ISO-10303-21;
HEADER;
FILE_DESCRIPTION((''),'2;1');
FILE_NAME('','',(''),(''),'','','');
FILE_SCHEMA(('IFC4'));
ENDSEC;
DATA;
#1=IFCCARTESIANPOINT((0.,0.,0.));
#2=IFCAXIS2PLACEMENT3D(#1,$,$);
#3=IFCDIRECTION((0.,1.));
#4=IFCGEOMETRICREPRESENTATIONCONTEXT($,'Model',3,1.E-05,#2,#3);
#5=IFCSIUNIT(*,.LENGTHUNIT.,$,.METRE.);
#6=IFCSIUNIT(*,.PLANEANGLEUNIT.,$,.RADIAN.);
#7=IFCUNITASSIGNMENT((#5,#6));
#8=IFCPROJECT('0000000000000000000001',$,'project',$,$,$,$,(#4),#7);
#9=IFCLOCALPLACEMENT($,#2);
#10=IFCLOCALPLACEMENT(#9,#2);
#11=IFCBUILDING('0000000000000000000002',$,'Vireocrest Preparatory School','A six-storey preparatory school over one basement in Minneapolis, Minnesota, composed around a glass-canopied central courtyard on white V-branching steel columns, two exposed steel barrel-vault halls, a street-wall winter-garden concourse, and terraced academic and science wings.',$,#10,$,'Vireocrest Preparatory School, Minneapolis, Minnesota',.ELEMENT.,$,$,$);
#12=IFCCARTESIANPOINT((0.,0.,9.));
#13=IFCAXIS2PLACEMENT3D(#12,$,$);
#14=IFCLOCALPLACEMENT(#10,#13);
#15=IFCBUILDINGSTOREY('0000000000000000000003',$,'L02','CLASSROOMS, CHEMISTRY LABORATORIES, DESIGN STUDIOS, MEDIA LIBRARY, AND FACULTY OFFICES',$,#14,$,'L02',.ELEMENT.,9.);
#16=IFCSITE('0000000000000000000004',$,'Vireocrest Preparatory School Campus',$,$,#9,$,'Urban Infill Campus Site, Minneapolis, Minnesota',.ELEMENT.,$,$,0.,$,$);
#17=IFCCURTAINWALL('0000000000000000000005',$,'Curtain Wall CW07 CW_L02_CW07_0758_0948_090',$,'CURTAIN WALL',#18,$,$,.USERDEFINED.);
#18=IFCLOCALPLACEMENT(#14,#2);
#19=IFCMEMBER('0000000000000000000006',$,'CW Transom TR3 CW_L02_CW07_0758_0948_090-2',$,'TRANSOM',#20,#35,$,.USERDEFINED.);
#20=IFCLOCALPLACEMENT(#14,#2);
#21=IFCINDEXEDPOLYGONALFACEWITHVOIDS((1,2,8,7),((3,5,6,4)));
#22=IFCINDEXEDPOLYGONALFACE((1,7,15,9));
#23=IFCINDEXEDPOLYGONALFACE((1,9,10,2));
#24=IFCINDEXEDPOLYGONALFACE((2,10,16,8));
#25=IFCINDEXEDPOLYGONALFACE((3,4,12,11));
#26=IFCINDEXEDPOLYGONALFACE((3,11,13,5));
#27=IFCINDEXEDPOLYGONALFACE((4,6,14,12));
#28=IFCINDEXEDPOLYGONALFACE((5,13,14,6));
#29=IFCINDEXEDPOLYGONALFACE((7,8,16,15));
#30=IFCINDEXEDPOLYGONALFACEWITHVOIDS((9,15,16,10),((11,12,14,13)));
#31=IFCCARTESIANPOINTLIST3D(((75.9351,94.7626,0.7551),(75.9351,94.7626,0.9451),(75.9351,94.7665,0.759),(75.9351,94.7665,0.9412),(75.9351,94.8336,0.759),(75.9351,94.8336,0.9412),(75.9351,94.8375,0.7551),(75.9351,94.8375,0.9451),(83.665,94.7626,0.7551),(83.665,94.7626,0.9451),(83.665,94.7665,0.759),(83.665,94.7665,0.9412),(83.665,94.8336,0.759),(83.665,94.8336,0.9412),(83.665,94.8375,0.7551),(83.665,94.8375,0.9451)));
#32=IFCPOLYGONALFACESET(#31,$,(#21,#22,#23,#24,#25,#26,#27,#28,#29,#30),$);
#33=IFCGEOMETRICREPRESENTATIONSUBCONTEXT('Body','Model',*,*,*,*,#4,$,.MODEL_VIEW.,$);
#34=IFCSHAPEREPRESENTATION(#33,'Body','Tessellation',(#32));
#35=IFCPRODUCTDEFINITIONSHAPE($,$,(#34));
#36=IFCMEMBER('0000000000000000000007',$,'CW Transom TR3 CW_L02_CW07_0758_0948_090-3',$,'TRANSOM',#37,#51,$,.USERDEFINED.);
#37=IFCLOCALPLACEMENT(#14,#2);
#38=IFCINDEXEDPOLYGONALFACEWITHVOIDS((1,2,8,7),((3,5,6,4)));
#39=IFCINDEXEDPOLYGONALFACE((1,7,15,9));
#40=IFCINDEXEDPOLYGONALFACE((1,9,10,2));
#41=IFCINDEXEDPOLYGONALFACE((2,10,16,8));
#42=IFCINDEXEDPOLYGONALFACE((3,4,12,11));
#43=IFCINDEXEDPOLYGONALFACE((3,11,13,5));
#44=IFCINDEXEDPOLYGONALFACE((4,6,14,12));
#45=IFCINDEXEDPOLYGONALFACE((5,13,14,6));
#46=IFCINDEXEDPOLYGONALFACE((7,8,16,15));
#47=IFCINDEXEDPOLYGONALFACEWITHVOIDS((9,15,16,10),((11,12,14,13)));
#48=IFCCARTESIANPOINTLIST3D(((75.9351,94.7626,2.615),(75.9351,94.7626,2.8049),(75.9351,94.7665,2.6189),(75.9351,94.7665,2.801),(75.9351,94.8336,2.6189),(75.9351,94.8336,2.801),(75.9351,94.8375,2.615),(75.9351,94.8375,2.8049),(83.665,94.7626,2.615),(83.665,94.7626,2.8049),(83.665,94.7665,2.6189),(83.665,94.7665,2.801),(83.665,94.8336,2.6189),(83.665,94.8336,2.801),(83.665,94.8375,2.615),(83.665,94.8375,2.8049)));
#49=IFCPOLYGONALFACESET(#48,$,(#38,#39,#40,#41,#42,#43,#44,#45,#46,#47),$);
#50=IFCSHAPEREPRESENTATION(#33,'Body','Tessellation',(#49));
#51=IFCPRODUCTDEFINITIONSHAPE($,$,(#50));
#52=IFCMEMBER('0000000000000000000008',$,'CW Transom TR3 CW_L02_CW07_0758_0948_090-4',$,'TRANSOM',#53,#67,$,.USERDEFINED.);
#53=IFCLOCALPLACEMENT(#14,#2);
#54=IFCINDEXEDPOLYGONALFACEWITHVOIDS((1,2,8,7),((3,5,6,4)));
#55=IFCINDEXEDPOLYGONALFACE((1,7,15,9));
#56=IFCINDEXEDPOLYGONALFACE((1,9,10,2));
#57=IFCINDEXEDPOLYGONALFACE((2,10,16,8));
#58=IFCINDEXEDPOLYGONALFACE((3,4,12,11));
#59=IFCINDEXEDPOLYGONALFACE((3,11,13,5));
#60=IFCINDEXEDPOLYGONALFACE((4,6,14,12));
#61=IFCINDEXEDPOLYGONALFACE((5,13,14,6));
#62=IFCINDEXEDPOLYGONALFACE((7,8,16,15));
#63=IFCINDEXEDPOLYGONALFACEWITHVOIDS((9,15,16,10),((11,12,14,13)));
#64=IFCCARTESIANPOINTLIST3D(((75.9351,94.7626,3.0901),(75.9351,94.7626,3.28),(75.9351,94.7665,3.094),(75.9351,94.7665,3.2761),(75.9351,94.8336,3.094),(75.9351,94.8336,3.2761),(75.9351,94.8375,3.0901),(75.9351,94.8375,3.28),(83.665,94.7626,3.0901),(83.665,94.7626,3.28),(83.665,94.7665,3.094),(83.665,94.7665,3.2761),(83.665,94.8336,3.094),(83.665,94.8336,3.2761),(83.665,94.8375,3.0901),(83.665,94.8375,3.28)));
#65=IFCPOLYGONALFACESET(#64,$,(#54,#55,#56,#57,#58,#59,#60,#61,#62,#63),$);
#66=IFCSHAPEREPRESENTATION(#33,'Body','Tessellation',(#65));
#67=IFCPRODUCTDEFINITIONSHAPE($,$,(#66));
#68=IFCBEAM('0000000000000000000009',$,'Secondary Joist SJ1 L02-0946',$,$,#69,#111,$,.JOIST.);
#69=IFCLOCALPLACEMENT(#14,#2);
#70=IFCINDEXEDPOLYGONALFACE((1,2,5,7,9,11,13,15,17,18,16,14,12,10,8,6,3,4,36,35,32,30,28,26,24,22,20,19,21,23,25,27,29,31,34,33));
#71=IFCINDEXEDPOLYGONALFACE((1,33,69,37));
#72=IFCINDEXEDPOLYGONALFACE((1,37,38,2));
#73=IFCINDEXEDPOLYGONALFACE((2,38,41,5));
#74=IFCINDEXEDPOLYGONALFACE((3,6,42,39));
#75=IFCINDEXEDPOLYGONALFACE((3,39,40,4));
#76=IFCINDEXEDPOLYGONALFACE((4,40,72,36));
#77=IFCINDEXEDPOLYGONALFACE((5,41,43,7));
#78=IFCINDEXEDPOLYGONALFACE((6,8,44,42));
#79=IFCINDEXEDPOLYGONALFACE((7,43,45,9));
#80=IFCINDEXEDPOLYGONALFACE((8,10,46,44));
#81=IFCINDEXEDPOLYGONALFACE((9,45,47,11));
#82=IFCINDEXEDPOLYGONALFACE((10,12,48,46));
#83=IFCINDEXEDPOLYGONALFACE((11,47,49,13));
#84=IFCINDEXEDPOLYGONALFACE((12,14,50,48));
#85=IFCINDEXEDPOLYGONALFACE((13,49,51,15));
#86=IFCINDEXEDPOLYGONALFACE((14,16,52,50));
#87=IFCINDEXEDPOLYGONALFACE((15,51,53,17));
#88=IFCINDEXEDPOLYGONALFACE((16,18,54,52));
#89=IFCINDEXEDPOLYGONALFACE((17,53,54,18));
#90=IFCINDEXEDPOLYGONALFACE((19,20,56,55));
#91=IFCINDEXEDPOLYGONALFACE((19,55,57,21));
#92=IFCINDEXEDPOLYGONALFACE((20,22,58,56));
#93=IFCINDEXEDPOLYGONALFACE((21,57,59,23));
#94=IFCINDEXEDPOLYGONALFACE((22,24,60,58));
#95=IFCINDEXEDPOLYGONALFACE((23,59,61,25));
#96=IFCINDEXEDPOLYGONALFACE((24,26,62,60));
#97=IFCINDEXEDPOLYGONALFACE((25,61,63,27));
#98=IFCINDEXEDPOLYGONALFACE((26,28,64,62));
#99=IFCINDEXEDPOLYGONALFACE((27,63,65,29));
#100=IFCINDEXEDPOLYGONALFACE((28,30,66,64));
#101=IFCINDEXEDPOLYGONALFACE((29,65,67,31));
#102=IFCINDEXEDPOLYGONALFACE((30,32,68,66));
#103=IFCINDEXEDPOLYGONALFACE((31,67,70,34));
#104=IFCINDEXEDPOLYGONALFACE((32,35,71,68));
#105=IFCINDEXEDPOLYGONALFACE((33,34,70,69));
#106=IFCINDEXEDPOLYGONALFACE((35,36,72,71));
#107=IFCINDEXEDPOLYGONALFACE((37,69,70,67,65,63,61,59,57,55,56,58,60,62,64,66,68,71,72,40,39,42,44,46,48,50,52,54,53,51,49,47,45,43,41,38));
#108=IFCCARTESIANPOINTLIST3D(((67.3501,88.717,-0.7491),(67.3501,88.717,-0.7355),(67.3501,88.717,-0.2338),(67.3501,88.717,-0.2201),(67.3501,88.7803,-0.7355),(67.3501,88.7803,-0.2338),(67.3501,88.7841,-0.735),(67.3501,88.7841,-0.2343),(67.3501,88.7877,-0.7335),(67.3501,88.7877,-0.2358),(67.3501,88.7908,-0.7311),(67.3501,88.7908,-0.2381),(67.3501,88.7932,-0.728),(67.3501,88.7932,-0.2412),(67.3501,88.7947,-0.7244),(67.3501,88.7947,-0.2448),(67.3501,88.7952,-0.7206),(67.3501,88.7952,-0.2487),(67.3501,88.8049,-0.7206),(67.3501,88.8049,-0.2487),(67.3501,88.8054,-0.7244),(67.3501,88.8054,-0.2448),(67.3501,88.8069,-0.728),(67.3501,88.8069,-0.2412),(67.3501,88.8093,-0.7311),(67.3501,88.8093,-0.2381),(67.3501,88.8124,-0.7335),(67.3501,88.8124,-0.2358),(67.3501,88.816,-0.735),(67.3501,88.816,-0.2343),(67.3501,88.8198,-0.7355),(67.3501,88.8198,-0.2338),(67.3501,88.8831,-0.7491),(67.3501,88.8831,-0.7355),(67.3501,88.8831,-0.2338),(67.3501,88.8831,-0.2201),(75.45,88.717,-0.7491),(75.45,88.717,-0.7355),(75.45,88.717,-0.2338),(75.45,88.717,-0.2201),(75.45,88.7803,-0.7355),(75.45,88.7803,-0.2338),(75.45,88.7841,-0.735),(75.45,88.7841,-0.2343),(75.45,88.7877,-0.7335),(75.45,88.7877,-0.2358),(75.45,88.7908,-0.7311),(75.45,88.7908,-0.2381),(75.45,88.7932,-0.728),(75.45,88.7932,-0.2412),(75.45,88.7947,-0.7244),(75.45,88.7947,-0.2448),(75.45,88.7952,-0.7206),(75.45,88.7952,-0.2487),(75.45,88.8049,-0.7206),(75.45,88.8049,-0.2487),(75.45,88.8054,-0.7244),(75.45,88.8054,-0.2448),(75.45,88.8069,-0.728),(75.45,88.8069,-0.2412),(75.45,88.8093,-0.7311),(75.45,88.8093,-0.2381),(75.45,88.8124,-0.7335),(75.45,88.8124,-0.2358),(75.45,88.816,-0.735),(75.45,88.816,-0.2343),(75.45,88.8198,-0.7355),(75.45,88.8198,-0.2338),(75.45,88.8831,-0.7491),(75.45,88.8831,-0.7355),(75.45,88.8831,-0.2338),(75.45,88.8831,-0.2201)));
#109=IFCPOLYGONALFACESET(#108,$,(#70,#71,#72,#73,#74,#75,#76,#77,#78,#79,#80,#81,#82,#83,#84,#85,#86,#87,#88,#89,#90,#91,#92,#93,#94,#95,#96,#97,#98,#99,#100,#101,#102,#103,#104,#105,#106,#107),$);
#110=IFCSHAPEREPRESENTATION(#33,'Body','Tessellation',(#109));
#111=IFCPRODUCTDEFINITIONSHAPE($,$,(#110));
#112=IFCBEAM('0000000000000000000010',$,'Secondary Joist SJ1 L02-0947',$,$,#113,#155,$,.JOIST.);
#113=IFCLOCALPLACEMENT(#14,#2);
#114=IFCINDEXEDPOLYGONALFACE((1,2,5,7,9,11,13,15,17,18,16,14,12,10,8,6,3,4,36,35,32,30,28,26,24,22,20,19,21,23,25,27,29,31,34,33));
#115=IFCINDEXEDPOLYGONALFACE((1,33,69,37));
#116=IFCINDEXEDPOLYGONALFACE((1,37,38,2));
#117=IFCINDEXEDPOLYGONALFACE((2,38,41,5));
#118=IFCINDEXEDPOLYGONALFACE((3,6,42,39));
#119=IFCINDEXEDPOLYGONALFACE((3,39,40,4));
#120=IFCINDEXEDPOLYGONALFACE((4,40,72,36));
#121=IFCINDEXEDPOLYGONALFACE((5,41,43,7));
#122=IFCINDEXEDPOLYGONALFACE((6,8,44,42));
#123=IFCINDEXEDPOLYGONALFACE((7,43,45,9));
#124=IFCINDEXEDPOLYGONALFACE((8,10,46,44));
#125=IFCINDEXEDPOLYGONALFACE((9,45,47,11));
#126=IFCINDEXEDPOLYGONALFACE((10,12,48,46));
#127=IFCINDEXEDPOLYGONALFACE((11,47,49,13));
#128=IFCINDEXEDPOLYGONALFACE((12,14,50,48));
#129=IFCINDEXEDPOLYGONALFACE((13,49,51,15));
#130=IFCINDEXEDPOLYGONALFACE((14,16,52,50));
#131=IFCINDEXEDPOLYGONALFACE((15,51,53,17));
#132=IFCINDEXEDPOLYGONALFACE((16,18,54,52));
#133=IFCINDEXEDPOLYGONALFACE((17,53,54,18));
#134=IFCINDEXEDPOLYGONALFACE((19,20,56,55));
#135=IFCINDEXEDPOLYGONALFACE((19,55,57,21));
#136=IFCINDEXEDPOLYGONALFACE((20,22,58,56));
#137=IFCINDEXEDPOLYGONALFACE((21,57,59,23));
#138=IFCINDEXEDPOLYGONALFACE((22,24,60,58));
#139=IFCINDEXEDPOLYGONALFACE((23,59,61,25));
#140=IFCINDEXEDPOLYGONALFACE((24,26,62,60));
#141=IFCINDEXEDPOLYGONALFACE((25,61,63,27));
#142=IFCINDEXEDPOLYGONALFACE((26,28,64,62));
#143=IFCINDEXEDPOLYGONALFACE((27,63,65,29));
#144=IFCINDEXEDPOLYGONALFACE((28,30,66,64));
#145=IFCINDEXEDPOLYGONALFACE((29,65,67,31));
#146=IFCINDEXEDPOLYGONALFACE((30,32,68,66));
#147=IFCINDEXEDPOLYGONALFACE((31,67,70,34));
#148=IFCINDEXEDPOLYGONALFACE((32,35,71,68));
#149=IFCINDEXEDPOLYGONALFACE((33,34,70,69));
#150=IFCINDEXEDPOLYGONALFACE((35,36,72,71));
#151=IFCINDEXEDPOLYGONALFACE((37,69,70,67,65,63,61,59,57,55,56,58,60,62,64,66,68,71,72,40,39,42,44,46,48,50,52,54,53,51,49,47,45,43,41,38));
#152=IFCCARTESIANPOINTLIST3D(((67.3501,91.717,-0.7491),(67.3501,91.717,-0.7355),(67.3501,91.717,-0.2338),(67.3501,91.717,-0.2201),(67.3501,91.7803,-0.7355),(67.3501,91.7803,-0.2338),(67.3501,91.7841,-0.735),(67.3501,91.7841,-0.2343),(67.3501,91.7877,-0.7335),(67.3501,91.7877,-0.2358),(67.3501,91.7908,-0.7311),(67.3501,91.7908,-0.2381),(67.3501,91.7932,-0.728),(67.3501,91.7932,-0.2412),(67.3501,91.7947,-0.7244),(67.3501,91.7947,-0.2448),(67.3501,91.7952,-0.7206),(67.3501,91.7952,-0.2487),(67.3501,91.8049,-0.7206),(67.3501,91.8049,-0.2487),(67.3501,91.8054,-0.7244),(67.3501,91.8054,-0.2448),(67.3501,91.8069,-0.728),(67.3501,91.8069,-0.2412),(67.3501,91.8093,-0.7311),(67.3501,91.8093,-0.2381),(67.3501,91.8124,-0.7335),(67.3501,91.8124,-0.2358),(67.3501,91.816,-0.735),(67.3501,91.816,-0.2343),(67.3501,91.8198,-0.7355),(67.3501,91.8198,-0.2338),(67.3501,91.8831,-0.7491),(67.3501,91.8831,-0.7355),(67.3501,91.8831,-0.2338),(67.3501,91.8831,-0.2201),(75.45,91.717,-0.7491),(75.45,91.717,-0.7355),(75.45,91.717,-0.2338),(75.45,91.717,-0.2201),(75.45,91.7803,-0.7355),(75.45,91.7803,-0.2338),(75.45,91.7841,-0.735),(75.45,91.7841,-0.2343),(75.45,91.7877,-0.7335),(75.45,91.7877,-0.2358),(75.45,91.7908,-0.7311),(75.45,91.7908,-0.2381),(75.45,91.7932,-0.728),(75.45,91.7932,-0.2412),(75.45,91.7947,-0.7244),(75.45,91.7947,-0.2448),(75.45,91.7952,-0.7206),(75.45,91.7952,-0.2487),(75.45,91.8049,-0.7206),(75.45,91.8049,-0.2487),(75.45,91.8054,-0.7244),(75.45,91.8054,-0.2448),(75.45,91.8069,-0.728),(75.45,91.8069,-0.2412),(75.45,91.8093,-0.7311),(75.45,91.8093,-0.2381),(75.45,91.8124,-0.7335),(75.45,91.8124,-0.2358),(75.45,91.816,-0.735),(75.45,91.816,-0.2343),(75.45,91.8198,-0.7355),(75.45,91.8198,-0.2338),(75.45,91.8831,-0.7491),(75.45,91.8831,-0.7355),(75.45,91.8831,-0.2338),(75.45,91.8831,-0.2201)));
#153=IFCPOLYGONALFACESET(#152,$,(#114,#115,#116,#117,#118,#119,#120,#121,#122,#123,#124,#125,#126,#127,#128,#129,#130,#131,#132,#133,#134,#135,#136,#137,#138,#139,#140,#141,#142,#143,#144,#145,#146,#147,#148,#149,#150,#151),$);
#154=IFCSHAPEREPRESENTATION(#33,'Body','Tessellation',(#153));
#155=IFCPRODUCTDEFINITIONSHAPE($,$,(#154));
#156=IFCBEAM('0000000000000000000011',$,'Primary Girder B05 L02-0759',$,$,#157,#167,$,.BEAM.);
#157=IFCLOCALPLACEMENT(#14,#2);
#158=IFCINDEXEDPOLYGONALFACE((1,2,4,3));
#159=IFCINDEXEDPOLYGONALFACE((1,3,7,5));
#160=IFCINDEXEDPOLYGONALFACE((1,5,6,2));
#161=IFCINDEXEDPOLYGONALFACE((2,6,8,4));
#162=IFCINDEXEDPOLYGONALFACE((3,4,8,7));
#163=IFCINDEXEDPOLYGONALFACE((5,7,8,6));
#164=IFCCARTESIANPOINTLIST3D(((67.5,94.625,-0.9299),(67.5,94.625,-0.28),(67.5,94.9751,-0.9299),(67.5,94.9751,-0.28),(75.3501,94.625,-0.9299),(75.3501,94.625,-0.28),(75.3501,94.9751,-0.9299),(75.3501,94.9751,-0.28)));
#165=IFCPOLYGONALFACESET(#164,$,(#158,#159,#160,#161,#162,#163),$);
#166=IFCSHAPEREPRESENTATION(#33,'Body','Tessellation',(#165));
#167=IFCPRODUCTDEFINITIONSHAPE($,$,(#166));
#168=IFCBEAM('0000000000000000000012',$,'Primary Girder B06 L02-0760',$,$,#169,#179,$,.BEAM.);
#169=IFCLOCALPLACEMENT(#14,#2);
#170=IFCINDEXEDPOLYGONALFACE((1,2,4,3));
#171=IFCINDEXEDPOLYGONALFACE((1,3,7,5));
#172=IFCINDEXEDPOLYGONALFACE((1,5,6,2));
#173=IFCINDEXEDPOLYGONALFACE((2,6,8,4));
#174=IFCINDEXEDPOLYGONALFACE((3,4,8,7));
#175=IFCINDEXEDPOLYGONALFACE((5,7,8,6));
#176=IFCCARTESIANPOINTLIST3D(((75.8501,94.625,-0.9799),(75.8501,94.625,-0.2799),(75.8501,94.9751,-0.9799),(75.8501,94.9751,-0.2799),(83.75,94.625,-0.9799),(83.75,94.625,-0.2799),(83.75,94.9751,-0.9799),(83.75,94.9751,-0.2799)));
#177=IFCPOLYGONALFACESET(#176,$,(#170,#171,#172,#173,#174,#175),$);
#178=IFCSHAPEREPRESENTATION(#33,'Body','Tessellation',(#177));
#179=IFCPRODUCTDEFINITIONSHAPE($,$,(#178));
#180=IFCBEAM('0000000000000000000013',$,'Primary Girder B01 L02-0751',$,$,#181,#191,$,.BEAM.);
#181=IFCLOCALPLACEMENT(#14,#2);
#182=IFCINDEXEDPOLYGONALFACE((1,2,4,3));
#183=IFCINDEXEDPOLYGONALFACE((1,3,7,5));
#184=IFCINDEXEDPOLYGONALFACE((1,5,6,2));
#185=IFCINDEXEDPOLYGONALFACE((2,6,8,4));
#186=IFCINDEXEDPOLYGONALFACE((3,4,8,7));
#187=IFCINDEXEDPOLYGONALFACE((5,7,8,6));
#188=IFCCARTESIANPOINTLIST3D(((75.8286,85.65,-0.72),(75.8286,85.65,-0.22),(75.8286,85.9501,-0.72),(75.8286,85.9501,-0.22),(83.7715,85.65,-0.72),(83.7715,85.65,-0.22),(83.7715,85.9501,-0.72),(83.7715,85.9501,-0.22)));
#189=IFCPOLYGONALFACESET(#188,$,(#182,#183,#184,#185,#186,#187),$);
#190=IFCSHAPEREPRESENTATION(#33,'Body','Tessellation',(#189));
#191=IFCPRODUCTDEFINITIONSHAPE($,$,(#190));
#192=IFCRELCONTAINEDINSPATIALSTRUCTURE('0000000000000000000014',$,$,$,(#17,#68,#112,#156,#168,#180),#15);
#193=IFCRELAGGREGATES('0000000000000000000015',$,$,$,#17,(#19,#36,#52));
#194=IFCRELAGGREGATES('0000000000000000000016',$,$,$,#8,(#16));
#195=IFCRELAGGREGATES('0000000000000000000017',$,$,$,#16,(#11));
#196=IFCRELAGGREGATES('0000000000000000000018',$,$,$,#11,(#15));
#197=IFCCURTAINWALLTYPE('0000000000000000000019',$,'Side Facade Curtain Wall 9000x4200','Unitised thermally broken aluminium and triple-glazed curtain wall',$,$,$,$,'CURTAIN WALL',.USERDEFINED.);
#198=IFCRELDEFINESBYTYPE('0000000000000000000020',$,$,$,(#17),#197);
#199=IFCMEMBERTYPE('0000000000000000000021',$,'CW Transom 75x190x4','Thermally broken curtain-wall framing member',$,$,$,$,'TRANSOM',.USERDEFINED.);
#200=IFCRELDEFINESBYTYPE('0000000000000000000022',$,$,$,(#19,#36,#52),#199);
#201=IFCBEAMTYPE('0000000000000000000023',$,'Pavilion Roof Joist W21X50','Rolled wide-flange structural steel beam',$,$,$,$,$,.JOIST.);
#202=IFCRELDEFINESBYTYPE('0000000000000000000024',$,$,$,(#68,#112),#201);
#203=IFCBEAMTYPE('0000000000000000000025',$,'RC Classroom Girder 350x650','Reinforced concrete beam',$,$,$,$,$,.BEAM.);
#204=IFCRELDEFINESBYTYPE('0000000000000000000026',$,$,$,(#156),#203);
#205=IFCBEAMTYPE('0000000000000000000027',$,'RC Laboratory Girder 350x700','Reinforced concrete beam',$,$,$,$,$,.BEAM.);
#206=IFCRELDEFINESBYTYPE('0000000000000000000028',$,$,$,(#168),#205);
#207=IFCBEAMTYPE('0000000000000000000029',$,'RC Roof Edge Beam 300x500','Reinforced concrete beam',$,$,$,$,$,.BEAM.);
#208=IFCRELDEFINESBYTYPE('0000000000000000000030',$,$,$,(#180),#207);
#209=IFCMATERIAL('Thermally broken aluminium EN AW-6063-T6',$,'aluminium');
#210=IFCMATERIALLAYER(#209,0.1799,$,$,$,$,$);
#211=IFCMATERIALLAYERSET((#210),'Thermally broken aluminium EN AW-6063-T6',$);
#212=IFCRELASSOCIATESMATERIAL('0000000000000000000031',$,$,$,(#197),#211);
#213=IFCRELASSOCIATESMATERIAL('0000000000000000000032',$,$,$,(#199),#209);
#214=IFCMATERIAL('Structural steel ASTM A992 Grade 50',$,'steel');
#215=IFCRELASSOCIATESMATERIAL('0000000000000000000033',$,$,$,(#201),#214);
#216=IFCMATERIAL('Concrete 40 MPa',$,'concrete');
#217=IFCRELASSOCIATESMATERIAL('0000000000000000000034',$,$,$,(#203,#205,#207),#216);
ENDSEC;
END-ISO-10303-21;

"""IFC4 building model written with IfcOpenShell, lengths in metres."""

from ifc_helpers import new_model, si_unit, direction, frame, origin, origin_2d, place, context, subcontext, project, spatial, rectangle, hollow_rectangle, i_section, extrude, material, layer, layer_set, material_profile, profile_set, type_object, element, aggregate, save


model = new_model("IFC4")

# Units and contexts
model_context = context("Model", 3, precision=1e-05, world=origin(), true_north=direction((0.0, 1.0)))
body_context = subcontext(model_context, "Body", "Model", "MODEL_VIEW")
ifc_project = project(units=[si_unit("LENGTHUNIT", "METRE"), si_unit("PLANEANGLEUNIT", "RADIAN")], contexts=[model_context])

# Site, building, storey
site_placement = place(None, origin())
site = spatial("IfcSite", under=ifc_project, at=site_placement, Name="Vireocrest Preparatory School Campus", LongName="Urban Infill Campus Site, Minneapolis, Minnesota", CompositionType="ELEMENT", RefElevation=0.0)
building_placement = place(site_placement, origin())
building = spatial("IfcBuilding", under=site, at=building_placement, Name="Vireocrest Preparatory School", Description="A six-storey preparatory school over one basement in Minneapolis, Minnesota, composed around a glass-canopied central courtyard on white V-branching steel columns, two exposed steel barrel-vault halls, a street-wall winter-garden concourse, and terraced academic and science wings.", LongName="Vireocrest Preparatory School, Minneapolis, Minnesota", CompositionType="ELEMENT")
storey_placement = place(building_placement, frame((0.0, 0.0, 9.0)))
storey = spatial("IfcBuildingStorey", under=building, at=storey_placement, Name="L02", Description="CLASSROOMS, CHEMISTRY LABORATORIES, DESIGN STUDIOS, MEDIA LIBRARY, AND FACULTY OFFICES", LongName="L02", CompositionType="ELEMENT", Elevation=9.0)

# Shared definitions
ifc_material_1 = material(Name="Thermally broken aluminium EN AW-6063-T6", Category="aluminium")

# Curtain wall
ifc_layer_1 = layer(ifc_material_1, 0.1799)
ifc_layer_set_1 = layer_set([ifc_layer_1], Name="Thermally broken aluminium EN AW-6063-T6")
curtain_wall_type_1 = type_object("IfcCurtainWallType", Name="Side Facade Curtain Wall 9000x4200", Description="Unitised thermally broken aluminium and triple-glazed curtain wall", ElementType="CURTAIN WALL", PredefinedType="USERDEFINED", material=ifc_layer_set_1)
curtain_wall_1_placement = place(storey_placement, origin())
curtain_wall_1 = element("IfcCurtainWall", 1, at=curtain_wall_1_placement, inside=storey, type_object=curtain_wall_type_1, Name="Curtain Wall CW07 CW_L02_CW07_0758_0948_090", ObjectType="CURTAIN WALL", PredefinedType="USERDEFINED")

# Members
ifc_material_profile_1 = material_profile(ifc_material_1, hollow_rectangle(XDim=0.075, YDim=0.1899, WallThickness=0.0039, at=origin_2d()), Name="ALU 75x190x4")
ifc_profile_set_1 = profile_set([ifc_material_profile_1], Name="Thermally broken aluminium EN AW-6063-T6")
member_type_1 = type_object("IfcMemberType", Name="CW Transom 75x190x4", Description="Thermally broken curtain-wall framing member", ElementType="TRANSOM", PredefinedType="USERDEFINED", material=ifc_profile_set_1)
member_1_placement = place(storey_placement, frame((75.9351, 94.8, 0.8501), z_axis=(1.0, 0.0, 0.0), x_axis=(0.0, 1.0, 0.0)))
member_1 = element("IfcMember", 2, at=member_1_placement, type_object=member_type_1, Name="CW Transom TR3 CW_L02_CW07_0758_0948_090-2", ObjectType="TRANSOM", PredefinedType="USERDEFINED", context=body_context, shape_type="SweptSolid", body=[
    extrude(hollow_rectangle(XDim=0.075, YDim=0.1899, WallThickness=0.0039, at=origin_2d()), origin(), (0.0, 0.0, 1.0), 7.73),
])
member_2_placement = place(storey_placement, frame((75.9351, 94.8, 2.71), z_axis=(1.0, 0.0, 0.0), x_axis=(0.0, 1.0, 0.0)))
member_2 = element("IfcMember", 3, at=member_2_placement, type_object=member_type_1, Name="CW Transom TR3 CW_L02_CW07_0758_0948_090-3", ObjectType="TRANSOM", PredefinedType="USERDEFINED", context=body_context, shape_type="SweptSolid", body=[
    extrude(hollow_rectangle(XDim=0.075, YDim=0.1899, WallThickness=0.0039, at=origin_2d()), origin(), (0.0, 0.0, 1.0), 7.73),
])
member_3_placement = place(storey_placement, frame((75.9351, 94.8, 3.1851), z_axis=(1.0, 0.0, 0.0), x_axis=(0.0, 1.0, 0.0)))
member_3 = element("IfcMember", 4, at=member_3_placement, type_object=member_type_1, Name="CW Transom TR3 CW_L02_CW07_0758_0948_090-4", ObjectType="TRANSOM", PredefinedType="USERDEFINED", context=body_context, shape_type="SweptSolid", body=[
    extrude(hollow_rectangle(XDim=0.075, YDim=0.1899, WallThickness=0.0039, at=origin_2d()), origin(), (0.0, 0.0, 1.0), 7.73),
])

# Beams
ifc_material_2 = material(Name="Structural steel ASTM A992 Grade 50", Category="steel")
ifc_material_profile_2 = material_profile(ifc_material_2, i_section(OverallWidth=0.166, OverallDepth=0.5291, WebThickness=0.0098, FlangeThickness=0.0137, FilletRadius=0.0149, at=origin_2d()), Name="W21X50")
ifc_profile_set_2 = profile_set([ifc_material_profile_2], Name="Structural steel ASTM A992 Grade 50")
beam_type_1 = type_object("IfcBeamType", Name="Pavilion Roof Joist W21X50", Description="Rolled wide-flange structural steel beam", PredefinedType="JOIST", material=ifc_profile_set_2)
for number, where, z_axis, x_axis, name in (
    (5, (67.3501, 88.8, -0.4846), (1.0, 0.0, 0.0), (0.0, 1.0, 0.0), "Secondary Joist SJ1 L02-0946"),
    (6, (67.3501, 91.8, -0.4846), (1.0, 0.0, 0.0), (0.0, 1.0, 0.0), "Secondary Joist SJ1 L02-0947"),
):
    element("IfcBeam", number, at=place(storey_placement, frame(where, z_axis=z_axis, x_axis=x_axis)), inside=storey, type_object=beam_type_1, Name=name, PredefinedType="JOIST", context=body_context, shape_type="SweptSolid", body=[
        extrude(i_section(OverallWidth=0.166, OverallDepth=0.5291, WebThickness=0.0098, FlangeThickness=0.0137, FilletRadius=0.0149, at=origin_2d()), origin(), (0.0, 0.0, 1.0), 8.0999),
    ])
ifc_material_3 = material(Name="Concrete 40 MPa", Category="concrete")
ifc_material_profile_3 = material_profile(ifc_material_3, rectangle(XDim=0.3501, YDim=0.6499, at=origin_2d()), Name="RC 350x650")
ifc_profile_set_3 = profile_set([ifc_material_profile_3], Name="Concrete 40 MPa")
beam_type_2 = type_object("IfcBeamType", Name="RC Classroom Girder 350x650", Description="Reinforced concrete beam", PredefinedType="BEAM", material=ifc_profile_set_3)
beam_1_placement = place(storey_placement, frame((67.5, 94.8, -0.605), z_axis=(1.0, 0.0, 0.0), x_axis=(0.0, 1.0, 0.0)))
element("IfcBeam", 7, at=beam_1_placement, inside=storey, type_object=beam_type_2, Name="Primary Girder B05 L02-0759", PredefinedType="BEAM", context=body_context, shape_type="SweptSolid", body=[
    extrude(rectangle(XDim=0.3501, YDim=0.6499, at=origin_2d()), origin(), (0.0, 0.0, 1.0), 7.8501),
])
ifc_material_profile_4 = material_profile(ifc_material_3, rectangle(XDim=0.3501, YDim=0.7, at=origin_2d()), Name="RC 350x700")
ifc_profile_set_4 = profile_set([ifc_material_profile_4], Name="Concrete 40 MPa")
beam_type_3 = type_object("IfcBeamType", Name="RC Laboratory Girder 350x700", Description="Reinforced concrete beam", PredefinedType="BEAM", material=ifc_profile_set_4)
beam_2_placement = place(storey_placement, frame((75.8501, 94.8, -0.6299), z_axis=(1.0, 0.0, 0.0), x_axis=(0.0, 1.0, 0.0)))
element("IfcBeam", 8, at=beam_2_placement, inside=storey, type_object=beam_type_3, Name="Primary Girder B06 L02-0760", PredefinedType="BEAM", context=body_context, shape_type="SweptSolid", body=[
    extrude(rectangle(XDim=0.3501, YDim=0.7, at=origin_2d()), origin(), (0.0, 0.0, 1.0), 7.8999),
])
ifc_material_profile_5 = material_profile(ifc_material_3, rectangle(XDim=0.3, YDim=0.5, at=origin_2d()), Name="RC 300x500")
ifc_profile_set_5 = profile_set([ifc_material_profile_5], Name="Concrete 40 MPa")
beam_type_4 = type_object("IfcBeamType", Name="RC Roof Edge Beam 300x500", Description="Reinforced concrete beam", PredefinedType="BEAM", material=ifc_profile_set_5)
beam_3_placement = place(storey_placement, frame((75.8286, 85.8, -0.47), z_axis=(1.0, 0.0, 0.0), x_axis=(0.0, 1.0, 0.0)))
element("IfcBeam", 9, at=beam_3_placement, inside=storey, type_object=beam_type_4, Name="Primary Girder B01 L02-0751", PredefinedType="BEAM", context=body_context, shape_type="SweptSolid", body=[
    extrude(rectangle(XDim=0.3, YDim=0.5, at=origin_2d()), origin(), (0.0, 0.0, 1.0), 7.9429),
])

aggregate(curtain_wall_1, [member_1, member_2, member_3])

save(model, "model.ifc")
